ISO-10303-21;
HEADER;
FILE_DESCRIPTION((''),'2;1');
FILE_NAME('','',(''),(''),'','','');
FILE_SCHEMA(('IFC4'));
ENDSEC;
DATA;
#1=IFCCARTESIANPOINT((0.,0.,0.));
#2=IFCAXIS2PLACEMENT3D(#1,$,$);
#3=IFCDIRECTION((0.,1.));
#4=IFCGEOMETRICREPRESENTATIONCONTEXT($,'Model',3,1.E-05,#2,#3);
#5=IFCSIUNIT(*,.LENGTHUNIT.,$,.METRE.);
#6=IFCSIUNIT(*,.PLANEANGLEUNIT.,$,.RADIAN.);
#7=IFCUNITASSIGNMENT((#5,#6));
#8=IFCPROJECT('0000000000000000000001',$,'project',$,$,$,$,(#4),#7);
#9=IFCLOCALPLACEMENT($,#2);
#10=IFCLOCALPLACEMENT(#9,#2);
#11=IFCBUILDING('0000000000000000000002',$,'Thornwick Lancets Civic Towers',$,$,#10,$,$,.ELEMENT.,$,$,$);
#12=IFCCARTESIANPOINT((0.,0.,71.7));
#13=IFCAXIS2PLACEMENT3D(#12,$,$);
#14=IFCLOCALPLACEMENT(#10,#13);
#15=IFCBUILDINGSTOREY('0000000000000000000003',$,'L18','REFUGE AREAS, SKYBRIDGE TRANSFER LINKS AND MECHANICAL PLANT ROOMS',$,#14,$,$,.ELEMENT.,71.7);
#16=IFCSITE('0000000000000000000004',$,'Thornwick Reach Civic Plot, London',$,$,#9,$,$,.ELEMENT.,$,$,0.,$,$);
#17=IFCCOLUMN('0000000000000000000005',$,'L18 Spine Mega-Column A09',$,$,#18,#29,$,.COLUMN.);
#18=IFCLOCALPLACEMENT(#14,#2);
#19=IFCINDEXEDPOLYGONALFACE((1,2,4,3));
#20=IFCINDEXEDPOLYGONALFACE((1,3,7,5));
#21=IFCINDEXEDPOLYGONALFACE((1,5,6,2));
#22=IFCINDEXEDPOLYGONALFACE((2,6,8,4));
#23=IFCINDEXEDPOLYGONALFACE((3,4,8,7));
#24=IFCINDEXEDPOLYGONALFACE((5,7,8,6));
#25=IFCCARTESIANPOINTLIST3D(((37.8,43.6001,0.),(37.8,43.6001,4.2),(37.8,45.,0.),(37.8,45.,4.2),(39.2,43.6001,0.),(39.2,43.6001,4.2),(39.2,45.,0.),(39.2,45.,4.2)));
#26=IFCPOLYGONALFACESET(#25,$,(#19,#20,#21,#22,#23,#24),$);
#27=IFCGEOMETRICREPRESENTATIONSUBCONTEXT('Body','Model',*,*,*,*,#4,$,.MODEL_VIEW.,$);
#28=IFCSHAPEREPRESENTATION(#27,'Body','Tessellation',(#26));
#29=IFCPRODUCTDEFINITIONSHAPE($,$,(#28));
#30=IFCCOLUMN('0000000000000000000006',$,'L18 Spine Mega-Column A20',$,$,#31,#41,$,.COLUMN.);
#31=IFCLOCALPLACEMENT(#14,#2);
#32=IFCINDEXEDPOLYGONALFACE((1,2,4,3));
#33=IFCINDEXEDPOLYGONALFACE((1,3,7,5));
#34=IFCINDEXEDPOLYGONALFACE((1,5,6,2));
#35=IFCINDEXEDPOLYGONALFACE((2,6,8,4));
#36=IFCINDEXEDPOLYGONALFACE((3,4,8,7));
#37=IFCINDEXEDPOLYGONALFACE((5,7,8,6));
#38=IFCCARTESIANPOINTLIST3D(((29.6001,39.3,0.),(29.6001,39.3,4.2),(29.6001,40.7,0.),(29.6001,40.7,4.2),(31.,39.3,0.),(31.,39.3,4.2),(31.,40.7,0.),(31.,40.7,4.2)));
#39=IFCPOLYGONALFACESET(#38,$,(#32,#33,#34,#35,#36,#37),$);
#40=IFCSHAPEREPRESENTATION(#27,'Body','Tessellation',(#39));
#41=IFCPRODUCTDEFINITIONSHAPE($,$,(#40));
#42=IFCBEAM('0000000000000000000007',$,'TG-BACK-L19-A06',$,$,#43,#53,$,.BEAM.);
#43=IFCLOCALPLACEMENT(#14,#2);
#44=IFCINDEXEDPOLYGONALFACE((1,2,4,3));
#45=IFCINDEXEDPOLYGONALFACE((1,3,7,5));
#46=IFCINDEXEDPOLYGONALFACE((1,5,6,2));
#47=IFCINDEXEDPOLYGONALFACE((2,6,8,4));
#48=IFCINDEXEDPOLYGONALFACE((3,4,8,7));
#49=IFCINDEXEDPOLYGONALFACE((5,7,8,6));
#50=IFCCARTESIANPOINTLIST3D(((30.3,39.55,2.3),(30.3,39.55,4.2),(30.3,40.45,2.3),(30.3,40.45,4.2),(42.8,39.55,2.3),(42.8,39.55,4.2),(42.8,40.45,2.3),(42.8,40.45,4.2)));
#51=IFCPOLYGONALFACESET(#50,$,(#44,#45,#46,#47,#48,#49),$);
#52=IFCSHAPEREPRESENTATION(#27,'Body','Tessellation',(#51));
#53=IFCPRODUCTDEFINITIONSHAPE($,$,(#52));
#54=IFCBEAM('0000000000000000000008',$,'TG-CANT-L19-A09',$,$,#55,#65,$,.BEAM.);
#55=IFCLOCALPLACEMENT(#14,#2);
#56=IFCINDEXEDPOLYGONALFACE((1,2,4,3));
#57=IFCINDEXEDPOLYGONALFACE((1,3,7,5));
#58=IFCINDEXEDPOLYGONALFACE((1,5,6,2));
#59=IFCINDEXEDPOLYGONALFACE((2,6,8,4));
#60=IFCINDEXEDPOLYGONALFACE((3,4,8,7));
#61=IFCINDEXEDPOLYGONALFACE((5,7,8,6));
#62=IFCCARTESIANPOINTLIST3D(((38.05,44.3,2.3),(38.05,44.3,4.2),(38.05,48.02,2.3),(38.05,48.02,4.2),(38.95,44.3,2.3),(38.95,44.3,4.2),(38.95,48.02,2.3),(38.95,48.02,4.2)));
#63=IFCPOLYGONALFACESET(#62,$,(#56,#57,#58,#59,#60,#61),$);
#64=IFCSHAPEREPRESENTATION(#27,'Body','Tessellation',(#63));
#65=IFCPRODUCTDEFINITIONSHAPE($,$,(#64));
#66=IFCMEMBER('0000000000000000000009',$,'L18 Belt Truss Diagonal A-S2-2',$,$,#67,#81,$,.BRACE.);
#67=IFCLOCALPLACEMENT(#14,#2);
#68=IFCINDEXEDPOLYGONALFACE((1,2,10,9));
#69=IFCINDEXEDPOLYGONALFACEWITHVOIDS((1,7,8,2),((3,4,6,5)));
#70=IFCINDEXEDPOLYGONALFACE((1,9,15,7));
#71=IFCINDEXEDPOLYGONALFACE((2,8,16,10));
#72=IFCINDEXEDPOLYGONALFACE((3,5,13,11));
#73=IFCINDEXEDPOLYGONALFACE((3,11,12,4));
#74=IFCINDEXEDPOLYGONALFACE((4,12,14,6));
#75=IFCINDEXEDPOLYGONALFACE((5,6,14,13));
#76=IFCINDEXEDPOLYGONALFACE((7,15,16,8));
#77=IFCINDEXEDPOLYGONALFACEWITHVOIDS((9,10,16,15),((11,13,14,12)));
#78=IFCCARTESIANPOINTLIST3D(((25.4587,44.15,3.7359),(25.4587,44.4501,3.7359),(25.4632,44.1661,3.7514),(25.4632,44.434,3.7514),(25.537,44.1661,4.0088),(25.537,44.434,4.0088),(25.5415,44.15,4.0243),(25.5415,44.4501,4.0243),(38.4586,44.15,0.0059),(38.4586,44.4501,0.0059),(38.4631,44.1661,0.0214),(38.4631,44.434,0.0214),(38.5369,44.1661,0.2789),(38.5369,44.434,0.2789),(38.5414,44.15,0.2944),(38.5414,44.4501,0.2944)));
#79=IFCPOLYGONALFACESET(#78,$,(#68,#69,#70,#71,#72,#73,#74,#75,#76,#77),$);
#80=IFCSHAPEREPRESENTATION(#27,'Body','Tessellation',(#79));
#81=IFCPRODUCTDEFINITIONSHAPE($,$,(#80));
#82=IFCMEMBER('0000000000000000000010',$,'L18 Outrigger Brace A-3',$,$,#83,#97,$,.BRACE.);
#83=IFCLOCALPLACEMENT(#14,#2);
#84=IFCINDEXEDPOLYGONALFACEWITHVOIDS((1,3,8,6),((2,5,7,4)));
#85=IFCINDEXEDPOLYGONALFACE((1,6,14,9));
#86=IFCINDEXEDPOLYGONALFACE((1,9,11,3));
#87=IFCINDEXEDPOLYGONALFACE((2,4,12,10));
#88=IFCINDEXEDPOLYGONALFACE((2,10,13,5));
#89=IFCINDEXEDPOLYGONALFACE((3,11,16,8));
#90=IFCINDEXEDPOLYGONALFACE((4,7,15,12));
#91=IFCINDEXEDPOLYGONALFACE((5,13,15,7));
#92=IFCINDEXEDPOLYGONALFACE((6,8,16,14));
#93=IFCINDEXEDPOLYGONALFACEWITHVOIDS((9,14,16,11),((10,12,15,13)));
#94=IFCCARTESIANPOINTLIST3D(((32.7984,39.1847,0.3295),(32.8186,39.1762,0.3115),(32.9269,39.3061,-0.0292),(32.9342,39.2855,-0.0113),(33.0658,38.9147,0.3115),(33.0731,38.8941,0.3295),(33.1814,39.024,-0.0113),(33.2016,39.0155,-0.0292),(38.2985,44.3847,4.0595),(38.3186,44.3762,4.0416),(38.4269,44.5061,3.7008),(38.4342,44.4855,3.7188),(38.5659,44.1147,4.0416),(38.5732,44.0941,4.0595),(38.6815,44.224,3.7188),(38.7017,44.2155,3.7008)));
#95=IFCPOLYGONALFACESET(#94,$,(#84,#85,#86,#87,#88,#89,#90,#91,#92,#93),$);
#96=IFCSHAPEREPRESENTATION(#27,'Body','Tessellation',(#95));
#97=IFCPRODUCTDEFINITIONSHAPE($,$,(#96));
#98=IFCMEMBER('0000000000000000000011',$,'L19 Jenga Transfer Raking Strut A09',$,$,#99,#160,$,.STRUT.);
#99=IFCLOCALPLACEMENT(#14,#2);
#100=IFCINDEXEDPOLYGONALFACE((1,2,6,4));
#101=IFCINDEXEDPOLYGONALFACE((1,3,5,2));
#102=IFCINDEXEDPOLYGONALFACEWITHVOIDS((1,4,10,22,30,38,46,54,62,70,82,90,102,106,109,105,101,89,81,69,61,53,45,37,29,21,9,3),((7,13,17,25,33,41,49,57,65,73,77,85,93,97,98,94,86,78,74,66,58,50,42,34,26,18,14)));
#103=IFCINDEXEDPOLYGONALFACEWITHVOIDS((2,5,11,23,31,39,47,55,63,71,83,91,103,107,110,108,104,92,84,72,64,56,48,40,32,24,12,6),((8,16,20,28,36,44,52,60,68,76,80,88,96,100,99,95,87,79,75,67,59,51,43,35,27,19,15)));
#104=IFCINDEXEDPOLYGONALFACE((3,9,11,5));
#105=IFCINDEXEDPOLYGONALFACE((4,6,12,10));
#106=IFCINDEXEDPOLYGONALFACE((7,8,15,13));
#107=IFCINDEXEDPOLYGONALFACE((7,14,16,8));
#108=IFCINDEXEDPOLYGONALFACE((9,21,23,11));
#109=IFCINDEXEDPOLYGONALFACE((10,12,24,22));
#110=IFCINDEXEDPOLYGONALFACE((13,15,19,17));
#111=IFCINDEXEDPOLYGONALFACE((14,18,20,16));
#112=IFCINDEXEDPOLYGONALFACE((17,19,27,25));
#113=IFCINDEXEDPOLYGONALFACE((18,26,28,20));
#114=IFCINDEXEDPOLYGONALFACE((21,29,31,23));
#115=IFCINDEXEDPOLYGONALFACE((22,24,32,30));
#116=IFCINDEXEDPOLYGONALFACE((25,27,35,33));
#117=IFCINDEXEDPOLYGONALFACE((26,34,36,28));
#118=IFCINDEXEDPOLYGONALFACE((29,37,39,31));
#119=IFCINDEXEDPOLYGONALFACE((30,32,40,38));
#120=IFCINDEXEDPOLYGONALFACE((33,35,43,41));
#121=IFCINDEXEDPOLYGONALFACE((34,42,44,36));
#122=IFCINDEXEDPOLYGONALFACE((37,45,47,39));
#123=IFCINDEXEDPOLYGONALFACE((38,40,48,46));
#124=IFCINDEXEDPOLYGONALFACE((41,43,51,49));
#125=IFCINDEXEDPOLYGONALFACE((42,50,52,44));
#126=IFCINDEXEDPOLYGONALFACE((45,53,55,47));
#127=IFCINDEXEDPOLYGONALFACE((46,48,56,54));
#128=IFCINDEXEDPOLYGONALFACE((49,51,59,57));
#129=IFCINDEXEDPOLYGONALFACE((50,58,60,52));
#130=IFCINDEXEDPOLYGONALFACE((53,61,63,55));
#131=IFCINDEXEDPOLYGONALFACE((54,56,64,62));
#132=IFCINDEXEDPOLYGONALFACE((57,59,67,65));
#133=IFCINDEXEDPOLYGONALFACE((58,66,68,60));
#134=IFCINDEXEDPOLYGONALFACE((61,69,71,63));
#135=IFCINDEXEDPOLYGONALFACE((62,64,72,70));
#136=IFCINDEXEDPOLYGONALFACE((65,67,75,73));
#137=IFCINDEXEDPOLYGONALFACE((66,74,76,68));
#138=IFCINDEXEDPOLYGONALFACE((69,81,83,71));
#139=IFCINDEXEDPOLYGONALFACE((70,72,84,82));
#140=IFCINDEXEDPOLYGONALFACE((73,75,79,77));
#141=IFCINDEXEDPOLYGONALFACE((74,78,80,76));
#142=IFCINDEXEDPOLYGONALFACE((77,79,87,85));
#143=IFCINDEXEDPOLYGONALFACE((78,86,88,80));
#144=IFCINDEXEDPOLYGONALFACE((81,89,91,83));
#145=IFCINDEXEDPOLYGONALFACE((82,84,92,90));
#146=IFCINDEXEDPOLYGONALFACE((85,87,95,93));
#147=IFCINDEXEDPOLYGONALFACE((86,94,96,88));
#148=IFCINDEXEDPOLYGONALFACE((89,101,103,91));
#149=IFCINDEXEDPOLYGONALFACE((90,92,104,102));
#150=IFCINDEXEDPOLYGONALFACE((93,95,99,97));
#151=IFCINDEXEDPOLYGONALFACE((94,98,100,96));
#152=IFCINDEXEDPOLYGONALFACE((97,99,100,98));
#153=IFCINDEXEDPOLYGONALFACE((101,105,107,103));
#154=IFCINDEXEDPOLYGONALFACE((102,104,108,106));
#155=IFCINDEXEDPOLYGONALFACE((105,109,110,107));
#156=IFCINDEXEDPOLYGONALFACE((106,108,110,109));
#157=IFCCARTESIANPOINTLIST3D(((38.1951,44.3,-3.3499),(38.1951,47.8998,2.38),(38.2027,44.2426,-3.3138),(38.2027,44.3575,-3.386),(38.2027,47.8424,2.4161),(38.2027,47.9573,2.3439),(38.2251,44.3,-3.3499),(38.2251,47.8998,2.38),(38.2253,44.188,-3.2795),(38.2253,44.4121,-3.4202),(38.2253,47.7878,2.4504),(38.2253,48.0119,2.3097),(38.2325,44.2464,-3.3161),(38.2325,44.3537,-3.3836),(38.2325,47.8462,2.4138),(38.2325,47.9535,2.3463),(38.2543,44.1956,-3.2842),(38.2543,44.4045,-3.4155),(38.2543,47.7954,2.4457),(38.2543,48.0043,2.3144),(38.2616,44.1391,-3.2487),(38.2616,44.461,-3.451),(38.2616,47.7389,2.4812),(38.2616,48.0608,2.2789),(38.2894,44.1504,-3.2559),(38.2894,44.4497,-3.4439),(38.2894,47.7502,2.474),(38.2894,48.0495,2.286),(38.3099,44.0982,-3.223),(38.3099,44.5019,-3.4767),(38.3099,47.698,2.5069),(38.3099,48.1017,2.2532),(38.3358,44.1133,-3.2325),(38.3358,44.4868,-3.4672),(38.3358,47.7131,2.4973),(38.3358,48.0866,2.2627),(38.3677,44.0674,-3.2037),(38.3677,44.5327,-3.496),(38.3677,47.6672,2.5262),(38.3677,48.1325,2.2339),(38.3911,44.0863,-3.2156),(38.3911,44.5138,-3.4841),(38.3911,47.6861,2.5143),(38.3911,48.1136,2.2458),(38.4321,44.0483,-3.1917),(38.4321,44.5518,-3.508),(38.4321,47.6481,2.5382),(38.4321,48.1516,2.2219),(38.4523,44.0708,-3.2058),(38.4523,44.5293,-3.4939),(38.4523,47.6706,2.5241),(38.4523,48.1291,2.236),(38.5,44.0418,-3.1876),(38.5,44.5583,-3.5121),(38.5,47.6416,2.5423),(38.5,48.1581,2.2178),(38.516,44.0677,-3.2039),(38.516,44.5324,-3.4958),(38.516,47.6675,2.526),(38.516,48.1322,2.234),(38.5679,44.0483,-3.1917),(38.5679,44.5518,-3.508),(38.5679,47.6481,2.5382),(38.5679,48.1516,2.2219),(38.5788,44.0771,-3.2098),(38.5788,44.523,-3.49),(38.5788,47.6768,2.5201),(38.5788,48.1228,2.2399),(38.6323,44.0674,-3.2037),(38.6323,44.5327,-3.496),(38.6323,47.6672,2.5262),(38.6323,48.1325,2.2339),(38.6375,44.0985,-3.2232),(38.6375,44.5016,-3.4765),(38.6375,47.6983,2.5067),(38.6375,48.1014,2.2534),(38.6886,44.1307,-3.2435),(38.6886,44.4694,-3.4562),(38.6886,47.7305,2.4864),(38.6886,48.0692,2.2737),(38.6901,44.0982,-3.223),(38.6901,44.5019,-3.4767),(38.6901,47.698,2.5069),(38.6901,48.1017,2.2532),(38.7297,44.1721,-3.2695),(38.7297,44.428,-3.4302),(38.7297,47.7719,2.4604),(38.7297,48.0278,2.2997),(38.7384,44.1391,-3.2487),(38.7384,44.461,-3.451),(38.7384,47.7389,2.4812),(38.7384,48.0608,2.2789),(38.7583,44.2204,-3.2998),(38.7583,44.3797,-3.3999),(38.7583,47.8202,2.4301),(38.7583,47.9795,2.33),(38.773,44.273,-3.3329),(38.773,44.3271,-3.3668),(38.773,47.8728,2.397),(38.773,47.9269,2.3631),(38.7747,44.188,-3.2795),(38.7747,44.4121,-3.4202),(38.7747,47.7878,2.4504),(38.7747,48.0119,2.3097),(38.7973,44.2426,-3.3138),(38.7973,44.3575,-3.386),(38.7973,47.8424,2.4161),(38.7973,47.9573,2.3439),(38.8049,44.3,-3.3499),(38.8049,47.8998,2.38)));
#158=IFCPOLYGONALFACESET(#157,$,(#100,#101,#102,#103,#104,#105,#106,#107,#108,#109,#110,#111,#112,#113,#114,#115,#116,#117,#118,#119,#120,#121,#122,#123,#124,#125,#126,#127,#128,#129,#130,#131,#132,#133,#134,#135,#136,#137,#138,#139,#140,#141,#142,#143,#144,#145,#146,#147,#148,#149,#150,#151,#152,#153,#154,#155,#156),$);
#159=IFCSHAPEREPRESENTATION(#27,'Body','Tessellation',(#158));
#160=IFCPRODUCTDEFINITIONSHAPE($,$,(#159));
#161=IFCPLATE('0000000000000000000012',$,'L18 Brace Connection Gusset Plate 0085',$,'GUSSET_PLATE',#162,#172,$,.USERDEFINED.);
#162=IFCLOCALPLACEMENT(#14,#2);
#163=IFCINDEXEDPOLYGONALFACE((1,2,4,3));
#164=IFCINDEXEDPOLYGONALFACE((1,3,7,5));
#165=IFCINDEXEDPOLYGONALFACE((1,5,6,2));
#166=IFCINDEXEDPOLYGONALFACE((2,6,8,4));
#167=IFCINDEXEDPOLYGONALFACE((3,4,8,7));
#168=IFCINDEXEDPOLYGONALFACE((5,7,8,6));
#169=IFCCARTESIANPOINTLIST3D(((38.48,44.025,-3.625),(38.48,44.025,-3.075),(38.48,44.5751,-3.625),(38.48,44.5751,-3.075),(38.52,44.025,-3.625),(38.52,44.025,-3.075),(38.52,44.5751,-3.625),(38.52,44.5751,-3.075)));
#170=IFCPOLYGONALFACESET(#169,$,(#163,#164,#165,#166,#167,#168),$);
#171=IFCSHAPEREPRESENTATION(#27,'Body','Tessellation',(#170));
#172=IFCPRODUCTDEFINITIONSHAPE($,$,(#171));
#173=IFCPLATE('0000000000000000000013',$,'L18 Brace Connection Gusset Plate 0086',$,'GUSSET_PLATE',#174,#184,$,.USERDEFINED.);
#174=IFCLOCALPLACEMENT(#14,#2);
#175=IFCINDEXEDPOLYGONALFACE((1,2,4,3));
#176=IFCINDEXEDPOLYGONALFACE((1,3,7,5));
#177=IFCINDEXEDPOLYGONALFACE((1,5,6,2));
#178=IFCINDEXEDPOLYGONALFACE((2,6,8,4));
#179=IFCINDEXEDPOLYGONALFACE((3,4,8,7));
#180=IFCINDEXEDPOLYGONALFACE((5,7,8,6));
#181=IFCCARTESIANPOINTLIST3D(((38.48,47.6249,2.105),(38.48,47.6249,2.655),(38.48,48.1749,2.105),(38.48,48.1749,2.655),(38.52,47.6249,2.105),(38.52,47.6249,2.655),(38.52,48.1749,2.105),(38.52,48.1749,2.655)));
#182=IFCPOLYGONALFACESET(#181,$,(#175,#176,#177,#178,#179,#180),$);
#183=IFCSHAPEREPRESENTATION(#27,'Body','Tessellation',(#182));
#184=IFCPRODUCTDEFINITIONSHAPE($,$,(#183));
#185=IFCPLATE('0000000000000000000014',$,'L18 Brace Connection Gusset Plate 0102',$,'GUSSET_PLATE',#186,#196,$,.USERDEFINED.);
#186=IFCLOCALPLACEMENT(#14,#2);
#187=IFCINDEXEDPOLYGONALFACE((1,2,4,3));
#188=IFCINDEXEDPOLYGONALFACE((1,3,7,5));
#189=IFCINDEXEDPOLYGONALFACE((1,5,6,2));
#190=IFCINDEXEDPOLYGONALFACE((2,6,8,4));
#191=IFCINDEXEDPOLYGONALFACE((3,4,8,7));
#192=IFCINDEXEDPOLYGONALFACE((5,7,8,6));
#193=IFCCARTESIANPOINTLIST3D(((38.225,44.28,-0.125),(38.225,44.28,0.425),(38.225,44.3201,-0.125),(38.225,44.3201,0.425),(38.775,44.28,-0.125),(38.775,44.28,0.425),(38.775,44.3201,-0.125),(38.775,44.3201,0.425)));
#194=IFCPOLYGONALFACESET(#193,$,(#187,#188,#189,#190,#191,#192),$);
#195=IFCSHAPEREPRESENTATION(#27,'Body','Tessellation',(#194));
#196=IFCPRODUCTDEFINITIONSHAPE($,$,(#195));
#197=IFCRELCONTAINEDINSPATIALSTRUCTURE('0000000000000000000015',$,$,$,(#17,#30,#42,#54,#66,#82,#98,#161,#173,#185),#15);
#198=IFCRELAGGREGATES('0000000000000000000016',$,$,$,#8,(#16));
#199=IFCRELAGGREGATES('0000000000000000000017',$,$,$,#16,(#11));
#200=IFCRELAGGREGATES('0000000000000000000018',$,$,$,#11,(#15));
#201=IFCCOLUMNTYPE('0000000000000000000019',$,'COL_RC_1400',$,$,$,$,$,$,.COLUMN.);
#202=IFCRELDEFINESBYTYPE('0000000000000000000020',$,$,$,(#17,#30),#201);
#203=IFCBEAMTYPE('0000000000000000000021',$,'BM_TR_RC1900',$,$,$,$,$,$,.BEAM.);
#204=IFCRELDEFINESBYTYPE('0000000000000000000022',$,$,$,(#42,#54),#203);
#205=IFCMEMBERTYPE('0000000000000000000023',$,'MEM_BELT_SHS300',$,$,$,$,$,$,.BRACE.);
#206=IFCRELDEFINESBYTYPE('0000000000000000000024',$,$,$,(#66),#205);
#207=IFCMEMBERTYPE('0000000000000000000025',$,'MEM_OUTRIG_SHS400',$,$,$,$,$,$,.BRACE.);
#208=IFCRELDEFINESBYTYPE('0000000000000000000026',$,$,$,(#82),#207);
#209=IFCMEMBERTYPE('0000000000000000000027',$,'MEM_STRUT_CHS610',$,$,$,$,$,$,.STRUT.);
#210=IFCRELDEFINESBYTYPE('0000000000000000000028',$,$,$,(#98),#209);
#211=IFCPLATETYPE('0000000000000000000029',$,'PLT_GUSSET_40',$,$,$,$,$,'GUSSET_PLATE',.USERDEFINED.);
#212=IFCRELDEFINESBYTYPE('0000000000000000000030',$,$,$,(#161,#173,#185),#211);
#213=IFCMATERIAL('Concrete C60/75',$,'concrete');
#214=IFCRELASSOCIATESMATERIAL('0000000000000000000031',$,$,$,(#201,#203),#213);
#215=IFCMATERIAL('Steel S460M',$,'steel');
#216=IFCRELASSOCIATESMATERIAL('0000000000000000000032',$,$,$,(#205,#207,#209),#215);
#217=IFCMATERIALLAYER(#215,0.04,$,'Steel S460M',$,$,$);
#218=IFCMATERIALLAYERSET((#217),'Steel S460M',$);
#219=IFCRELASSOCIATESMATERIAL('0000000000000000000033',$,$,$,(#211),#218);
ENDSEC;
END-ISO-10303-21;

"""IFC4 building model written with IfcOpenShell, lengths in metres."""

from ifc_helpers import new_model, si_unit, direction, frame, origin, origin_2d, place, context, subcontext, project, spatial, rectangle, hollow_rectangle, hollow_circle, extrude, material, layer, layer_set, material_profile, profile_set, type_object, element, save


model = new_model("IFC4")

# Units and contexts
model_context = context("Model", 3, precision=1e-05, world=origin(), true_north=direction((0.0, 1.0)))
body_context = subcontext(model_context, "Body", "Model", "MODEL_VIEW")
ifc_project = project(units=[si_unit("LENGTHUNIT", "METRE"), si_unit("PLANEANGLEUNIT", "RADIAN")], contexts=[model_context])

# Site, building, storey
site_placement = place(None, origin())
site = spatial("IfcSite", under=ifc_project, at=site_placement, Name="Thornwick Reach Civic Plot, London", CompositionType="ELEMENT", RefElevation=0.0)
building_placement = place(site_placement, origin())
building = spatial("IfcBuilding", under=site, at=building_placement, Name="Thornwick Lancets Civic Towers", CompositionType="ELEMENT")
storey_placement = place(building_placement, frame((0.0, 0.0, 71.7)))
storey = spatial("IfcBuildingStorey", under=building, at=storey_placement, Name="L18", Description="REFUGE AREAS, SKYBRIDGE TRANSFER LINKS AND MECHANICAL PLANT ROOMS", CompositionType="ELEMENT", Elevation=71.7)

# Columns
ifc_material_1 = material(Name="Concrete C60/75", Category="concrete")
ifc_material_profile_1 = material_profile(ifc_material_1, rectangle(XDim=1.3999, YDim=1.3999, at=origin_2d()), Name="RC 1400x1400")
ifc_profile_set_1 = profile_set([ifc_material_profile_1], Name="Concrete C60/75")
column_type = type_object("IfcColumnType", Name="COL_RC_1400", PredefinedType="COLUMN", material=ifc_profile_set_1)
for number, where, z_axis, x_axis, name in (
    (1, (38.5, 44.3, 0.0), (0.0, 0.0, 1.0), (1.0, 0.0, 0.0), "L18 Spine Mega-Column A09"),
    (2, (30.3, 40.0, 0.0), (0.0, 0.0, 1.0), (1.0, 0.0, 0.0), "L18 Spine Mega-Column A20"),
):
    element("IfcColumn", number, at=place(storey_placement, frame(where, z_axis=z_axis, x_axis=x_axis)), inside=storey, type_object=column_type, Name=name, PredefinedType="COLUMN", context=body_context, shape_type="SweptSolid", body=[
        extrude(rectangle(XDim=1.3999, YDim=1.3999, at=origin_2d()), origin(), (0.0, 0.0, 1.0), 4.2),
    ])

# Beams
ifc_material_profile_2 = material_profile(ifc_material_1, rectangle(XDim=0.8999, YDim=1.8999, at=origin_2d()), Name="RC 900x1900")
ifc_profile_set_2 = profile_set([ifc_material_profile_2], Name="Concrete C60/75")
beam_type = type_object("IfcBeamType", Name="BM_TR_RC1900", PredefinedType="BEAM", material=ifc_profile_set_2)
beam_1_placement = place(storey_placement, frame((30.3, 40.0, 3.25), z_axis=(1.0, 0.0, 0.0), x_axis=(0.0, 1.0, 0.0)))
element("IfcBeam", 3, at=beam_1_placement, inside=storey, type_object=beam_type, Name="TG-BACK-L19-A06", PredefinedType="BEAM", context=body_context, shape_type="SweptSolid", body=[
    extrude(rectangle(XDim=0.8999, YDim=1.8999, at=origin_2d()), origin(), (0.0, 0.0, 1.0), 12.5),
])
beam_2_placement = place(storey_placement, frame((38.5, 44.3, 3.25), z_axis=(0.0, 1.0, 0.0), x_axis=(-1.0, 0.0, 0.0)))
element("IfcBeam", 4, at=beam_2_placement, inside=storey, type_object=beam_type, Name="TG-CANT-L19-A09", PredefinedType="BEAM", context=body_context, shape_type="SweptSolid", body=[
    extrude(rectangle(XDim=0.8999, YDim=1.8999, at=origin_2d()), origin(), (0.0, 0.0, 1.0), 3.72),
])

# Members
ifc_material_2 = material(Name="Steel S460M", Category="steel")
ifc_material_profile_3 = material_profile(ifc_material_2, hollow_rectangle(XDim=0.3, YDim=0.3, WallThickness=0.0161, at=origin_2d()), Name="SHS 300x300x16")
ifc_profile_set_3 = profile_set([ifc_material_profile_3], Name="Steel S460M")
member_type_1 = type_object("IfcMemberType", Name="MEM_BELT_SHS300", PredefinedType="BRACE", material=ifc_profile_set_3)
member_1_placement = place(storey_placement, frame((38.5, 44.3, 0.1501), z_axis=(-0.961217, 0.0, 0.275794), x_axis=(0.0, -1.0, 0.0)))
element("IfcMember", 5, at=member_1_placement, inside=storey, type_object=member_type_1, Name="L18 Belt Truss Diagonal A-S2-2", PredefinedType="BRACE", context=body_context, shape_type="SweptSolid", body=[
    extrude(hollow_rectangle(XDim=0.3, YDim=0.3, WallThickness=0.0161, at=origin_2d()), origin(), (0.0, 0.0, 1.0), 13.5244),
])
ifc_material_profile_4 = material_profile(ifc_material_2, hollow_rectangle(XDim=0.3999, YDim=0.3999, WallThickness=0.02, at=origin_2d()), Name="SHS 400x400x20")
ifc_profile_set_4 = profile_set([ifc_material_profile_4], Name="Steel S460M")
member_type_2 = type_object("IfcMemberType", Name="MEM_OUTRIG_SHS400", PredefinedType="BRACE", material=ifc_profile_set_4)
member_2_placement = place(storey_placement, frame((33.0, 39.1001, 0.1501), z_axis=(0.651802, 0.616244, 0.442038), x_axis=(-0.687008, 0.72665, 0.0)))
element("IfcMember", 6, at=member_2_placement, inside=storey, type_object=member_type_2, Name="L18 Outrigger Brace A-3", PredefinedType="BRACE", context=body_context, shape_type="SweptSolid", body=[
    extrude(hollow_rectangle(XDim=0.3999, YDim=0.3999, WallThickness=0.02, at=origin_2d()), origin(), (0.0, 0.0, 1.0), 8.4382),
])
ifc_material_profile_5 = material_profile(ifc_material_2, hollow_circle(Radius=0.3049, WallThickness=0.03, at=origin_2d()), Name="CHS 610x30")
ifc_profile_set_5 = profile_set([ifc_material_profile_5], Name="Steel S460M")
member_type_3 = type_object("IfcMemberType", Name="MEM_STRUT_CHS610", PredefinedType="STRUT", material=ifc_profile_set_5)
member_3_placement = place(storey_placement, frame((38.5, 44.3, -3.3499), z_axis=(0.0, 0.531976, 0.84676), x_axis=(-1.0, 0.0, 0.0)))
element("IfcMember", 7, at=member_3_placement, inside=storey, type_object=member_type_3, Name="L19 Jenga Transfer Raking Strut A09", PredefinedType="STRUT", context=body_context, shape_type="SweptSolid", body=[
    extrude(hollow_circle(Radius=0.3049, WallThickness=0.03, at=origin_2d()), origin(), (0.0, 0.0, 1.0), 6.7668),
])

# Plates
ifc_layer_1 = layer(ifc_material_2, 0.04, Name="Steel S460M")
ifc_layer_set_1 = layer_set([ifc_layer_1], Name="Steel S460M")
plate_type = type_object("IfcPlateType", Name="PLT_GUSSET_40", ElementType="GUSSET_PLATE", PredefinedType="USERDEFINED", material=ifc_layer_set_1)
for number, where, z_axis, x_axis, name in (
    (8, (38.5, 44.3, -3.625), (0.0, 0.0, 1.0), (0.0, 1.0, 0.0), "L18 Brace Connection Gusset Plate 0085"),
    (9, (38.5, 47.8999, 2.105), (0.0, 0.0, 1.0), (0.0, 1.0, 0.0), "L18 Brace Connection Gusset Plate 0086"),
    (10, (38.5, 44.3, -0.125), (0.0, 0.0, 1.0), (-1.0, 0.0, 0.0), "L18 Brace Connection Gusset Plate 0102"),
):
    element("IfcPlate", number, at=place(storey_placement, frame(where, z_axis=z_axis, x_axis=x_axis)), inside=storey, type_object=plate_type, Name=name, ObjectType="GUSSET_PLATE", PredefinedType="USERDEFINED", context=body_context, shape_type="SweptSolid", body=[
        extrude(rectangle(XDim=0.55, YDim=0.04, at=origin_2d()), origin(), (0.0, 0.0, 1.0), 0.55),
    ])

save(model, "model.ifc")
